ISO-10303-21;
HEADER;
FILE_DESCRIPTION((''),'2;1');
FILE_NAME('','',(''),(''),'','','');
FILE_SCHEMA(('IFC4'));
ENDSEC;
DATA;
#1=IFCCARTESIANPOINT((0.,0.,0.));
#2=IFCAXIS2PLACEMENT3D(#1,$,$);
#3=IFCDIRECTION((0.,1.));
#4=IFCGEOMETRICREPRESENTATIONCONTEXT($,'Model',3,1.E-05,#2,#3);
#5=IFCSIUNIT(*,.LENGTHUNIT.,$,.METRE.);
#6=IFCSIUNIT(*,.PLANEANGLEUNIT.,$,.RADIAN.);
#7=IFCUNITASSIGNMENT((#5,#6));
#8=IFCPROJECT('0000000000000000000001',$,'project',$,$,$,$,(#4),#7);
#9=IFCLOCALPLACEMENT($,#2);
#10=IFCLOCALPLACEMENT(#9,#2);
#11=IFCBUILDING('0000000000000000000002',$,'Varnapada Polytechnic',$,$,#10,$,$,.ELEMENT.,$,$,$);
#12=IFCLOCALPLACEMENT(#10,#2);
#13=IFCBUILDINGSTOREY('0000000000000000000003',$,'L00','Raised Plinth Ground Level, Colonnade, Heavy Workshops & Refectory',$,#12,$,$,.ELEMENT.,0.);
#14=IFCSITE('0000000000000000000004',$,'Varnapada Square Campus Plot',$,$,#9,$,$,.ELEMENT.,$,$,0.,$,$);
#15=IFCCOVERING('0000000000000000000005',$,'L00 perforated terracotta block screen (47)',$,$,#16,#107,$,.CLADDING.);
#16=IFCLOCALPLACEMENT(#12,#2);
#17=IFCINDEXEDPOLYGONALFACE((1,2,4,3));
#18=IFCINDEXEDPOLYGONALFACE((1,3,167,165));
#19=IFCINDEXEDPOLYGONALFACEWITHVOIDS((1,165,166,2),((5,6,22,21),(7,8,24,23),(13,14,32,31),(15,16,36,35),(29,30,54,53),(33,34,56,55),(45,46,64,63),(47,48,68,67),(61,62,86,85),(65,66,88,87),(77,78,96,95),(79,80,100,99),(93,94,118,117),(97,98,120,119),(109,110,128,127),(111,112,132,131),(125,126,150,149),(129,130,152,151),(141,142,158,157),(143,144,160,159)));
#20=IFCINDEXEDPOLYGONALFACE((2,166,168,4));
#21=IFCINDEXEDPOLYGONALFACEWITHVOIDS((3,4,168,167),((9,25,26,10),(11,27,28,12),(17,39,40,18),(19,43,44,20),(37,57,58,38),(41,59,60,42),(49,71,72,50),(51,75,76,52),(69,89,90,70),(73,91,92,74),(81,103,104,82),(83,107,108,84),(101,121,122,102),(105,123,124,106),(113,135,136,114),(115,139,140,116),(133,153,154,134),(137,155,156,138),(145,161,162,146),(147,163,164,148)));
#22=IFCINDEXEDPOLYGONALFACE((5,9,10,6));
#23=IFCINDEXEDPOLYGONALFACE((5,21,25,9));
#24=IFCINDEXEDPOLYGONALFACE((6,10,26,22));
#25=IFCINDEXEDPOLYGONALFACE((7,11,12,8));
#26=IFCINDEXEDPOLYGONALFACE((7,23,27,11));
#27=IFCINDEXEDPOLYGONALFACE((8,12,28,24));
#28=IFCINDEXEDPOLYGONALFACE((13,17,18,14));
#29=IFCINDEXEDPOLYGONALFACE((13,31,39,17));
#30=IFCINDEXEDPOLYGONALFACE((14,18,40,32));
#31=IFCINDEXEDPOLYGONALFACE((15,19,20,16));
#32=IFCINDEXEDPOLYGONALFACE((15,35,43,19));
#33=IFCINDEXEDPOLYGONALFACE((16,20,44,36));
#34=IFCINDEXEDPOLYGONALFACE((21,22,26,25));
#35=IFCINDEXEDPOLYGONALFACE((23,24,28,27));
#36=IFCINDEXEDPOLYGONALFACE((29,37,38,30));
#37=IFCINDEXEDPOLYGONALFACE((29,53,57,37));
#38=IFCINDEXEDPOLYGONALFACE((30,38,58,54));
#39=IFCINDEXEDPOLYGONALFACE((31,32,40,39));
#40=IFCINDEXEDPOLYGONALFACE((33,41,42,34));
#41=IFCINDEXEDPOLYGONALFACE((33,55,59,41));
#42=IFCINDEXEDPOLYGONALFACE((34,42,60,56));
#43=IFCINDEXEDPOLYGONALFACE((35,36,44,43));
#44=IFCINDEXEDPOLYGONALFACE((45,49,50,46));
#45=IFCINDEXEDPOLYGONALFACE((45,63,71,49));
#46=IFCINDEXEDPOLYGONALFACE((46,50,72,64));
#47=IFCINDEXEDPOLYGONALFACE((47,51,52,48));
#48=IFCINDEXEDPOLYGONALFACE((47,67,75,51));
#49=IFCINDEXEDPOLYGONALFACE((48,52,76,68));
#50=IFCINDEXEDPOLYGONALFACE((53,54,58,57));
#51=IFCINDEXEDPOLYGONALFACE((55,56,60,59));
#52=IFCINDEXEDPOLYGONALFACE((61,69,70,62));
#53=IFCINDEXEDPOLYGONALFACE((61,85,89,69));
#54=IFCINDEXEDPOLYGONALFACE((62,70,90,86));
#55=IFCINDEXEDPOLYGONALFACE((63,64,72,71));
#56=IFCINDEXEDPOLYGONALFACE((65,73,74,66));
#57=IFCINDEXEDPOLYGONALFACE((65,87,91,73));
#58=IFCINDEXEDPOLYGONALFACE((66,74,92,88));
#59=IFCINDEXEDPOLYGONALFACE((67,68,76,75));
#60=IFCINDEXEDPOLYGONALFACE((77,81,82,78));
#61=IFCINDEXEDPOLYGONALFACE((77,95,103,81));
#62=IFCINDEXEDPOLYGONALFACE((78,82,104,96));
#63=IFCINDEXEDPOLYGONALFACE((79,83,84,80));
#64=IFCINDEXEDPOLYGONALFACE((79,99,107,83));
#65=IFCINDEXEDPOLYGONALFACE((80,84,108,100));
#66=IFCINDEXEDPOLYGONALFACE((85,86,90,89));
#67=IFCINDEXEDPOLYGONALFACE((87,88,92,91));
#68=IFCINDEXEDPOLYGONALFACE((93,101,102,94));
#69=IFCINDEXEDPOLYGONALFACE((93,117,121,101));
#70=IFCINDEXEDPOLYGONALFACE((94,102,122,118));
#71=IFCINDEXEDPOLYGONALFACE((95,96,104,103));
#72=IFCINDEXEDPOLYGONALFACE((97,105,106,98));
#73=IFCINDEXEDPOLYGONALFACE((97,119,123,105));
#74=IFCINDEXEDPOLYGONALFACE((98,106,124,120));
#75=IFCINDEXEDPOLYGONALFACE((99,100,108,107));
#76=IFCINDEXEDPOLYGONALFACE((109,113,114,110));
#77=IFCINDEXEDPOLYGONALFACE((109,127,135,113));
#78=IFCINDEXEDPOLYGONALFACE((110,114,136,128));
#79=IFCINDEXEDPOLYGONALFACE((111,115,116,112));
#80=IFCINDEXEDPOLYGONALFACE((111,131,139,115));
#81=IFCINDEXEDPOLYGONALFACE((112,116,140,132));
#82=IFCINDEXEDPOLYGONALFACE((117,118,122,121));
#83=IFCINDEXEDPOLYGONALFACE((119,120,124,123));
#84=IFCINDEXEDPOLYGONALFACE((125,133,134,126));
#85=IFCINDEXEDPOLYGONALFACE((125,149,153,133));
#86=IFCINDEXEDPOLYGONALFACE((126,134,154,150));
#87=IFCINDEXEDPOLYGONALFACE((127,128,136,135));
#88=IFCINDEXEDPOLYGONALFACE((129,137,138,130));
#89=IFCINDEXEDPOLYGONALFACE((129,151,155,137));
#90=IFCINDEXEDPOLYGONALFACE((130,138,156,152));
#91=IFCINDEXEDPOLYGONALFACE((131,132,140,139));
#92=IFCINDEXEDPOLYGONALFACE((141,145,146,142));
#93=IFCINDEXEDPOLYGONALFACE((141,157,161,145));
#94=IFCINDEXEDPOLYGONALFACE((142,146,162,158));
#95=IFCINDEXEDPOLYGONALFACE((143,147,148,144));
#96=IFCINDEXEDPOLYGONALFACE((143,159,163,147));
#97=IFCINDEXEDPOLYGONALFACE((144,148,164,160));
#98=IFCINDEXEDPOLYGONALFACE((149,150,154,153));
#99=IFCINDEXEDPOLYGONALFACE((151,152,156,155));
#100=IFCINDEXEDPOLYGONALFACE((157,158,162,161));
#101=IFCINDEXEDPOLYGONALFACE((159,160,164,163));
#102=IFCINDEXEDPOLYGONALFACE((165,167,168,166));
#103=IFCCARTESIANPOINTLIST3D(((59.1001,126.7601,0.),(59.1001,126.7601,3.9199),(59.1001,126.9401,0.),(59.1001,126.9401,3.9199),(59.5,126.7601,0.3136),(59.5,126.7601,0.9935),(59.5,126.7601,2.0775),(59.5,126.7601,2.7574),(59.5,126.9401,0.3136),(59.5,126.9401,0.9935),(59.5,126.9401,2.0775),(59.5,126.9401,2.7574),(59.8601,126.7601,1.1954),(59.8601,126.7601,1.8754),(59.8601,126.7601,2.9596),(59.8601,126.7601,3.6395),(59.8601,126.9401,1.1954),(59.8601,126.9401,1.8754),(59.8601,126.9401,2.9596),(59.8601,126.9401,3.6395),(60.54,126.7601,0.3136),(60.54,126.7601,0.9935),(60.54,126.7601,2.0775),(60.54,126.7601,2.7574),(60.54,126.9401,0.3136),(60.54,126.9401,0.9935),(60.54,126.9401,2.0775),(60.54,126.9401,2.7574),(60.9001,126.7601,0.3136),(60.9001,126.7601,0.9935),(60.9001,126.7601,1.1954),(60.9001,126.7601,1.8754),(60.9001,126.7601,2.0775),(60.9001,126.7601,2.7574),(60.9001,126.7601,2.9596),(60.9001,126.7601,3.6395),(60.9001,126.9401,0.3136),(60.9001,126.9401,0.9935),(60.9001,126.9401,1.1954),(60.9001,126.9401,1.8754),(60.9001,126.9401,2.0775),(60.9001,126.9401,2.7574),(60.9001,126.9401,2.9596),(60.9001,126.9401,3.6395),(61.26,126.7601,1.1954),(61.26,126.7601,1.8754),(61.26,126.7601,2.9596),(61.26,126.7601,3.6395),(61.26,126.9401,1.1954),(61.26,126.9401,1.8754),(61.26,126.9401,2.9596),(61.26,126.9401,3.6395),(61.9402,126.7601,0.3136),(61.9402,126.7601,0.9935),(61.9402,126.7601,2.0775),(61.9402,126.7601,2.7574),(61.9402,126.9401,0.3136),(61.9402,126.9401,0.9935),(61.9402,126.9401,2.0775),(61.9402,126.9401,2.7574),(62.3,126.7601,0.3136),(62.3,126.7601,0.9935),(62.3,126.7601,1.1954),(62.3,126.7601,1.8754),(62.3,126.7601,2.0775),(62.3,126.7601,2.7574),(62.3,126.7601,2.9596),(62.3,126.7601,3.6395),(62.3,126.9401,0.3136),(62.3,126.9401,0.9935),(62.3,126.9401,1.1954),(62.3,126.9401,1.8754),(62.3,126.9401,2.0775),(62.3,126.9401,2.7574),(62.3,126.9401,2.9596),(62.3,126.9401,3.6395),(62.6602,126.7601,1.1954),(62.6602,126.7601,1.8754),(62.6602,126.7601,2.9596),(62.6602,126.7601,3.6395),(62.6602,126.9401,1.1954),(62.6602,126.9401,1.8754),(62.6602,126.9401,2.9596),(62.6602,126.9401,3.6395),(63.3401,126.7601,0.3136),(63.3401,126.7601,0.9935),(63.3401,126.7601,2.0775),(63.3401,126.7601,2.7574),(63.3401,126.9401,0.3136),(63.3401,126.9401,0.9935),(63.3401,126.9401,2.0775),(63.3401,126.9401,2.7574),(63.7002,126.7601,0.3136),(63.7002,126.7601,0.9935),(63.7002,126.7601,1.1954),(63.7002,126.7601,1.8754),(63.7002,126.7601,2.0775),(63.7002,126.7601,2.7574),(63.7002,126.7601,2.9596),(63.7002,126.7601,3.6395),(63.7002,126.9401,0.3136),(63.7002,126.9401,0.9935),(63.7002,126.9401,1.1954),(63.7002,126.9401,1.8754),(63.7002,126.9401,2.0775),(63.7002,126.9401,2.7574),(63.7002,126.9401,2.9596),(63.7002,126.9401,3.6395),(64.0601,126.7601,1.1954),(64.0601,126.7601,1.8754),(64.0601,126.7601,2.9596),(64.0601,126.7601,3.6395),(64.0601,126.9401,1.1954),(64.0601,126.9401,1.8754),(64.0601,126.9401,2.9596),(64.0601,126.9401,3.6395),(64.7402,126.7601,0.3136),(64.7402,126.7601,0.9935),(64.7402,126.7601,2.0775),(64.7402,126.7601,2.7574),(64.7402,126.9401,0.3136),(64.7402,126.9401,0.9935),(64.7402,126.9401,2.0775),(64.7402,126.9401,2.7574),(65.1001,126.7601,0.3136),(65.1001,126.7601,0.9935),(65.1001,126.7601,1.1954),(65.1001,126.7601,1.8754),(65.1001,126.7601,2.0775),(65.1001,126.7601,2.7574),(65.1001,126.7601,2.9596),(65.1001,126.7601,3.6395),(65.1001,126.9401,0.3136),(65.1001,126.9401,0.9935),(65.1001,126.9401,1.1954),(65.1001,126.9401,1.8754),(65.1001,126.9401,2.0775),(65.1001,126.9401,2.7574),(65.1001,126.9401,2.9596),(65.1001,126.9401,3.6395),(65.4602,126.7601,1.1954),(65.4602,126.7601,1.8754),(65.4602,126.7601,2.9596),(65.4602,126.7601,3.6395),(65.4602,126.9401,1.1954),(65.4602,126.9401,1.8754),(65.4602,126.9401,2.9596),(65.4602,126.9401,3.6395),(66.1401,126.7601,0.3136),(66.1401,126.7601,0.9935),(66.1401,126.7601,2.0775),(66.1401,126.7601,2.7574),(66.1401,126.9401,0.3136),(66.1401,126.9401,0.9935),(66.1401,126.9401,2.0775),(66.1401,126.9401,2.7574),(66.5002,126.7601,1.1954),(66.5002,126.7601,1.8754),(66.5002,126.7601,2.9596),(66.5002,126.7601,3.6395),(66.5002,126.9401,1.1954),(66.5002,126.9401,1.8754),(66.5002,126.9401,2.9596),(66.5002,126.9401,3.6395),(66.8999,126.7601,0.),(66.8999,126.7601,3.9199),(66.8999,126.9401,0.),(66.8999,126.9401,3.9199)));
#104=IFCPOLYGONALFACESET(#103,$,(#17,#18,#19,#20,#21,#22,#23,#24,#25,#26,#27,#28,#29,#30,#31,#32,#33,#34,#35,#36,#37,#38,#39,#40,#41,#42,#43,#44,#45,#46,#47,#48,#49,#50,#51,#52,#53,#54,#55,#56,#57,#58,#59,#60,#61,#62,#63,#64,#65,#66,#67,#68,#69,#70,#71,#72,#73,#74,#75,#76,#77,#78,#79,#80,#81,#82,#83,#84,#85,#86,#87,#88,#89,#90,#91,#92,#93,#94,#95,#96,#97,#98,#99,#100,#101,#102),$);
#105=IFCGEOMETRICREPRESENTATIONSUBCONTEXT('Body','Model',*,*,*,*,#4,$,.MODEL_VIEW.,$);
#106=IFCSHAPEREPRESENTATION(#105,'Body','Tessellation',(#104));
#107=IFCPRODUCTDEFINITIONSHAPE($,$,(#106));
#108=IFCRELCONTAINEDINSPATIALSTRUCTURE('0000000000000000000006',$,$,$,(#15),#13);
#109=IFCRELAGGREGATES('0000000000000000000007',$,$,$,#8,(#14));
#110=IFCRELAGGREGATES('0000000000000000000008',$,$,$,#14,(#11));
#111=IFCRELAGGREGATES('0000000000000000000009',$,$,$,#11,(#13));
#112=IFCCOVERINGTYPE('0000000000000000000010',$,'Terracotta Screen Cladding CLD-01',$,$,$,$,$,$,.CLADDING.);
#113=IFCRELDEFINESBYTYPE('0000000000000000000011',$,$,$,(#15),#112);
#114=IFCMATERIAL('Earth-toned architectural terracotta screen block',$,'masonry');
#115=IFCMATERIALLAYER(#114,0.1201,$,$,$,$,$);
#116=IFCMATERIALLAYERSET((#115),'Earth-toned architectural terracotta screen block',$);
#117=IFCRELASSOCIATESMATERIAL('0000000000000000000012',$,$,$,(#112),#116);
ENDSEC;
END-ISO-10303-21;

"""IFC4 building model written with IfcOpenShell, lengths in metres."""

from ifc_helpers import new_model, si_unit, direction, frame, frame_2d, origin, place, context, subcontext, project, spatial, rectangle, extrude, material, layer, layer_set, type_object, element, save


model = new_model("IFC4")

# Units and contexts
model_context = context("Model", 3, precision=1e-05, world=origin(), true_north=direction((0.0, 1.0)))
body_context = subcontext(model_context, "Body", "Model", "MODEL_VIEW")
ifc_project = project(units=[si_unit("LENGTHUNIT", "METRE"), si_unit("PLANEANGLEUNIT", "RADIAN")], contexts=[model_context])

# Site, building, storey
site_placement = place(None, origin())
site = spatial("IfcSite", under=ifc_project, at=site_placement, Name="Varnapada Square Campus Plot", CompositionType="ELEMENT", RefElevation=0.0)
building_placement = place(site_placement, origin())
building = spatial("IfcBuilding", under=site, at=building_placement, Name="Varnapada Polytechnic", CompositionType="ELEMENT")
storey_placement = place(building_placement, origin())
storey = spatial("IfcBuildingStorey", under=building, at=storey_placement, Name="L00", Description="Raised Plinth Ground Level, Colonnade, Heavy Workshops & Refectory", CompositionType="ELEMENT", Elevation=0.0)

# Covering, openings
ifc_material_1 = material(Name="Earth-toned architectural terracotta screen block", Category="masonry")
ifc_layer_1 = layer(ifc_material_1, 0.1201)
ifc_layer_set_1 = layer_set([ifc_layer_1], Name="Earth-toned architectural terracotta screen block")
covering_type_1 = type_object("IfcCoveringType", Name="Terracotta Screen Cladding CLD-01", PredefinedType="CLADDING", material=ifc_layer_set_1)
covering_1_placement = place(storey_placement, frame((59.1001, 126.8501, 0.0), z_axis=(0.0, 0.0, 1.0), x_axis=(1.0, 0.0, 0.0)))
covering_1 = element("IfcCovering", 1, at=covering_1_placement, inside=storey, type_object=covering_type_1, Name="L00 perforated terracotta block screen (47)", PredefinedType="CLADDING", context=body_context, shape_type="SweptSolid", body=[
    extrude(rectangle(XDim=7.7998, YDim=0.1799, at=frame_2d((3.8999, 0.0))), origin(), (0.0, 0.0, 1.0), 3.9199),
])
opening_1_placement = place(covering_1_placement, frame((0.3999, 0.0, 0.3137)))
element("IfcOpeningElement", 2, at=opening_1_placement, cuts=covering_1, PredefinedType="OPENING", context=body_context, shape_type="SweptSolid", body=[
    extrude(rectangle(XDim=1.04, YDim=0.6799, at=frame_2d((0.52, 0.3398))), frame((0.0, 0.0999, 0.0), z_axis=(0.0, -1.0, 0.0), x_axis=(1.0, 0.0, 0.0)), (0.0, 0.0, 1.0), 0.2),
])
opening_2_placement = place(covering_1_placement, frame((1.8, 0.0, 0.3137)))
element("IfcOpeningElement", 3, at=opening_2_placement, cuts=covering_1, PredefinedType="OPENING", context=body_context, shape_type="SweptSolid", body=[
    extrude(rectangle(XDim=1.04, YDim=0.6799, at=frame_2d((0.52, 0.3398))), frame((0.0, 0.0999, 0.0), z_axis=(0.0, -1.0, 0.0), x_axis=(1.0, 0.0, 0.0)), (0.0, 0.0, 1.0), 0.2),
])
opening_3_placement = place(covering_1_placement, frame((3.2, 0.0, 0.3137)))
element("IfcOpeningElement", 4, at=opening_3_placement, cuts=covering_1, PredefinedType="OPENING", context=body_context, shape_type="SweptSolid", body=[
    extrude(rectangle(XDim=1.04, YDim=0.6799, at=frame_2d((0.52, 0.3398))), frame((0.0, 0.0999, 0.0), z_axis=(0.0, -1.0, 0.0), x_axis=(1.0, 0.0, 0.0)), (0.0, 0.0, 1.0), 0.2),
])
opening_4_placement = place(covering_1_placement, frame((4.6001, 0.0, 0.3137)))
element("IfcOpeningElement", 5, at=opening_4_placement, cuts=covering_1, PredefinedType="OPENING", context=body_context, shape_type="SweptSolid", body=[
    extrude(rectangle(XDim=1.04, YDim=0.6799, at=frame_2d((0.52, 0.3398))), frame((0.0, 0.0999, 0.0), z_axis=(0.0, -1.0, 0.0), x_axis=(1.0, 0.0, 0.0)), (0.0, 0.0, 1.0), 0.2),
])
opening_5_placement = place(covering_1_placement, frame((6.0, 0.0, 0.3137)))
element("IfcOpeningElement", 6, at=opening_5_placement, cuts=covering_1, PredefinedType="OPENING", context=body_context, shape_type="SweptSolid", body=[
    extrude(rectangle(XDim=1.04, YDim=0.6799, at=frame_2d((0.52, 0.3398))), frame((0.0, 0.0999, 0.0), z_axis=(0.0, -1.0, 0.0), x_axis=(1.0, 0.0, 0.0)), (0.0, 0.0, 1.0), 0.2),
])
opening_6_placement = place(covering_1_placement, frame((0.76, 0.0, 1.1956)))
element("IfcOpeningElement", 7, at=opening_6_placement, cuts=covering_1, PredefinedType="OPENING", context=body_context, shape_type="SweptSolid", body=[
    extrude(rectangle(XDim=1.04, YDim=0.6799, at=frame_2d((0.52, 0.3398))), frame((0.0, 0.0999, 0.0), z_axis=(0.0, -1.0, 0.0), x_axis=(1.0, 0.0, 0.0)), (0.0, 0.0, 1.0), 0.2),
])
opening_7_placement = place(covering_1_placement, frame((2.1599, 0.0, 1.1956)))
element("IfcOpeningElement", 8, at=opening_7_placement, cuts=covering_1, PredefinedType="OPENING", context=body_context, shape_type="SweptSolid", body=[
    extrude(rectangle(XDim=1.04, YDim=0.6799, at=frame_2d((0.52, 0.3398))), frame((0.0, 0.0999, 0.0), z_axis=(0.0, -1.0, 0.0), x_axis=(1.0, 0.0, 0.0)), (0.0, 0.0, 1.0), 0.2),
])
opening_8_placement = place(covering_1_placement, frame((3.5601, 0.0, 1.1956)))
element("IfcOpeningElement", 9, at=opening_8_placement, cuts=covering_1, PredefinedType="OPENING", context=body_context, shape_type="SweptSolid", body=[
    extrude(rectangle(XDim=1.04, YDim=0.6799, at=frame_2d((0.52, 0.3398))), frame((0.0, 0.0999, 0.0), z_axis=(0.0, -1.0, 0.0), x_axis=(1.0, 0.0, 0.0)), (0.0, 0.0, 1.0), 0.2),
])
opening_9_placement = place(covering_1_placement, frame((4.96, 0.0, 1.1956)))
element("IfcOpeningElement", 10, at=opening_9_placement, cuts=covering_1, PredefinedType="OPENING", context=body_context, shape_type="SweptSolid", body=[
    extrude(rectangle(XDim=1.04, YDim=0.6799, at=frame_2d((0.52, 0.3398))), frame((0.0, 0.0999, 0.0), z_axis=(0.0, -1.0, 0.0), x_axis=(1.0, 0.0, 0.0)), (0.0, 0.0, 1.0), 0.2),
])
opening_10_placement = place(covering_1_placement, frame((6.3601, 0.0, 1.1956)))
element("IfcOpeningElement", 11, at=opening_10_placement, cuts=covering_1, PredefinedType="OPENING", context=body_context, shape_type="SweptSolid", body=[
    extrude(rectangle(XDim=1.04, YDim=0.6799, at=frame_2d((0.52, 0.3398))), frame((0.0, 0.0999, 0.0), z_axis=(0.0, -1.0, 0.0), x_axis=(1.0, 0.0, 0.0)), (0.0, 0.0, 1.0), 0.2),
])
opening_11_placement = place(covering_1_placement, frame((0.3999, 0.0, 2.0776)))
element("IfcOpeningElement", 12, at=opening_11_placement, cuts=covering_1, PredefinedType="OPENING", context=body_context, shape_type="SweptSolid", body=[
    extrude(rectangle(XDim=1.04, YDim=0.6799, at=frame_2d((0.52, 0.3398))), frame((0.0, 0.0999, 0.0), z_axis=(0.0, -1.0, 0.0), x_axis=(1.0, 0.0, 0.0)), (0.0, 0.0, 1.0), 0.2),
])
opening_12_placement = place(covering_1_placement, frame((1.8, 0.0, 2.0776)))
element("IfcOpeningElement", 13, at=opening_12_placement, cuts=covering_1, PredefinedType="OPENING", context=body_context, shape_type="SweptSolid", body=[
    extrude(rectangle(XDim=1.04, YDim=0.6799, at=frame_2d((0.52, 0.3398))), frame((0.0, 0.0999, 0.0), z_axis=(0.0, -1.0, 0.0), x_axis=(1.0, 0.0, 0.0)), (0.0, 0.0, 1.0), 0.2),
])
opening_13_placement = place(covering_1_placement, frame((3.2, 0.0, 2.0776)))
element("IfcOpeningElement", 14, at=opening_13_placement, cuts=covering_1, PredefinedType="OPENING", context=body_context, shape_type="SweptSolid", body=[
    extrude(rectangle(XDim=1.04, YDim=0.6799, at=frame_2d((0.52, 0.3398))), frame((0.0, 0.0999, 0.0), z_axis=(0.0, -1.0, 0.0), x_axis=(1.0, 0.0, 0.0)), (0.0, 0.0, 1.0), 0.2),
])
opening_14_placement = place(covering_1_placement, frame((4.6001, 0.0, 2.0776)))
element("IfcOpeningElement", 15, at=opening_14_placement, cuts=covering_1, PredefinedType="OPENING", context=body_context, shape_type="SweptSolid", body=[
    extrude(rectangle(XDim=1.04, YDim=0.6799, at=frame_2d((0.52, 0.3398))), frame((0.0, 0.0999, 0.0), z_axis=(0.0, -1.0, 0.0), x_axis=(1.0, 0.0, 0.0)), (0.0, 0.0, 1.0), 0.2),
])
opening_15_placement = place(covering_1_placement, frame((6.0, 0.0, 2.0776)))
element("IfcOpeningElement", 16, at=opening_15_placement, cuts=covering_1, PredefinedType="OPENING", context=body_context, shape_type="SweptSolid", body=[
    extrude(rectangle(XDim=1.04, YDim=0.6799, at=frame_2d((0.52, 0.3398))), frame((0.0, 0.0999, 0.0), z_axis=(0.0, -1.0, 0.0), x_axis=(1.0, 0.0, 0.0)), (0.0, 0.0, 1.0), 0.2),
])
opening_16_placement = place(covering_1_placement, frame((0.76, 0.0, 2.9597)))
element("IfcOpeningElement", 17, at=opening_16_placement, cuts=covering_1, PredefinedType="OPENING", context=body_context, shape_type="SweptSolid", body=[
    extrude(rectangle(XDim=1.04, YDim=0.6799, at=frame_2d((0.52, 0.3398))), frame((0.0, 0.0999, 0.0), z_axis=(0.0, -1.0, 0.0), x_axis=(1.0, 0.0, 0.0)), (0.0, 0.0, 1.0), 0.2),
])
opening_17_placement = place(covering_1_placement, frame((2.1599, 0.0, 2.9597)))
element("IfcOpeningElement", 18, at=opening_17_placement, cuts=covering_1, PredefinedType="OPENING", context=body_context, shape_type="SweptSolid", body=[
    extrude(rectangle(XDim=1.04, YDim=0.6799, at=frame_2d((0.52, 0.3398))), frame((0.0, 0.0999, 0.0), z_axis=(0.0, -1.0, 0.0), x_axis=(1.0, 0.0, 0.0)), (0.0, 0.0, 1.0), 0.2),
])
opening_18_placement = place(covering_1_placement, frame((3.5601, 0.0, 2.9597)))
element("IfcOpeningElement", 19, at=opening_18_placement, cuts=covering_1, PredefinedType="OPENING", context=body_context, shape_type="SweptSolid", body=[
    extrude(rectangle(XDim=1.04, YDim=0.6799, at=frame_2d((0.52, 0.3398))), frame((0.0, 0.0999, 0.0), z_axis=(0.0, -1.0, 0.0), x_axis=(1.0, 0.0, 0.0)), (0.0, 0.0, 1.0), 0.2),
])
opening_19_placement = place(covering_1_placement, frame((4.96, 0.0, 2.9597)))
element("IfcOpeningElement", 20, at=opening_19_placement, cuts=covering_1, PredefinedType="OPENING", context=body_context, shape_type="SweptSolid", body=[
    extrude(rectangle(XDim=1.04, YDim=0.6799, at=frame_2d((0.52, 0.3398))), frame((0.0, 0.0999, 0.0), z_axis=(0.0, -1.0, 0.0), x_axis=(1.0, 0.0, 0.0)), (0.0, 0.0, 1.0), 0.2),
])
opening_20_placement = place(covering_1_placement, frame((6.3601, 0.0, 2.9597)))
element("IfcOpeningElement", 21, at=opening_20_placement, cuts=covering_1, PredefinedType="OPENING", context=body_context, shape_type="SweptSolid", body=[
    extrude(rectangle(XDim=1.04, YDim=0.6799, at=frame_2d((0.52, 0.3398))), frame((0.0, 0.0999, 0.0), z_axis=(0.0, -1.0, 0.0), x_axis=(1.0, 0.0, 0.0)), (0.0, 0.0, 1.0), 0.2),
])

save(model, "model.ifc")
